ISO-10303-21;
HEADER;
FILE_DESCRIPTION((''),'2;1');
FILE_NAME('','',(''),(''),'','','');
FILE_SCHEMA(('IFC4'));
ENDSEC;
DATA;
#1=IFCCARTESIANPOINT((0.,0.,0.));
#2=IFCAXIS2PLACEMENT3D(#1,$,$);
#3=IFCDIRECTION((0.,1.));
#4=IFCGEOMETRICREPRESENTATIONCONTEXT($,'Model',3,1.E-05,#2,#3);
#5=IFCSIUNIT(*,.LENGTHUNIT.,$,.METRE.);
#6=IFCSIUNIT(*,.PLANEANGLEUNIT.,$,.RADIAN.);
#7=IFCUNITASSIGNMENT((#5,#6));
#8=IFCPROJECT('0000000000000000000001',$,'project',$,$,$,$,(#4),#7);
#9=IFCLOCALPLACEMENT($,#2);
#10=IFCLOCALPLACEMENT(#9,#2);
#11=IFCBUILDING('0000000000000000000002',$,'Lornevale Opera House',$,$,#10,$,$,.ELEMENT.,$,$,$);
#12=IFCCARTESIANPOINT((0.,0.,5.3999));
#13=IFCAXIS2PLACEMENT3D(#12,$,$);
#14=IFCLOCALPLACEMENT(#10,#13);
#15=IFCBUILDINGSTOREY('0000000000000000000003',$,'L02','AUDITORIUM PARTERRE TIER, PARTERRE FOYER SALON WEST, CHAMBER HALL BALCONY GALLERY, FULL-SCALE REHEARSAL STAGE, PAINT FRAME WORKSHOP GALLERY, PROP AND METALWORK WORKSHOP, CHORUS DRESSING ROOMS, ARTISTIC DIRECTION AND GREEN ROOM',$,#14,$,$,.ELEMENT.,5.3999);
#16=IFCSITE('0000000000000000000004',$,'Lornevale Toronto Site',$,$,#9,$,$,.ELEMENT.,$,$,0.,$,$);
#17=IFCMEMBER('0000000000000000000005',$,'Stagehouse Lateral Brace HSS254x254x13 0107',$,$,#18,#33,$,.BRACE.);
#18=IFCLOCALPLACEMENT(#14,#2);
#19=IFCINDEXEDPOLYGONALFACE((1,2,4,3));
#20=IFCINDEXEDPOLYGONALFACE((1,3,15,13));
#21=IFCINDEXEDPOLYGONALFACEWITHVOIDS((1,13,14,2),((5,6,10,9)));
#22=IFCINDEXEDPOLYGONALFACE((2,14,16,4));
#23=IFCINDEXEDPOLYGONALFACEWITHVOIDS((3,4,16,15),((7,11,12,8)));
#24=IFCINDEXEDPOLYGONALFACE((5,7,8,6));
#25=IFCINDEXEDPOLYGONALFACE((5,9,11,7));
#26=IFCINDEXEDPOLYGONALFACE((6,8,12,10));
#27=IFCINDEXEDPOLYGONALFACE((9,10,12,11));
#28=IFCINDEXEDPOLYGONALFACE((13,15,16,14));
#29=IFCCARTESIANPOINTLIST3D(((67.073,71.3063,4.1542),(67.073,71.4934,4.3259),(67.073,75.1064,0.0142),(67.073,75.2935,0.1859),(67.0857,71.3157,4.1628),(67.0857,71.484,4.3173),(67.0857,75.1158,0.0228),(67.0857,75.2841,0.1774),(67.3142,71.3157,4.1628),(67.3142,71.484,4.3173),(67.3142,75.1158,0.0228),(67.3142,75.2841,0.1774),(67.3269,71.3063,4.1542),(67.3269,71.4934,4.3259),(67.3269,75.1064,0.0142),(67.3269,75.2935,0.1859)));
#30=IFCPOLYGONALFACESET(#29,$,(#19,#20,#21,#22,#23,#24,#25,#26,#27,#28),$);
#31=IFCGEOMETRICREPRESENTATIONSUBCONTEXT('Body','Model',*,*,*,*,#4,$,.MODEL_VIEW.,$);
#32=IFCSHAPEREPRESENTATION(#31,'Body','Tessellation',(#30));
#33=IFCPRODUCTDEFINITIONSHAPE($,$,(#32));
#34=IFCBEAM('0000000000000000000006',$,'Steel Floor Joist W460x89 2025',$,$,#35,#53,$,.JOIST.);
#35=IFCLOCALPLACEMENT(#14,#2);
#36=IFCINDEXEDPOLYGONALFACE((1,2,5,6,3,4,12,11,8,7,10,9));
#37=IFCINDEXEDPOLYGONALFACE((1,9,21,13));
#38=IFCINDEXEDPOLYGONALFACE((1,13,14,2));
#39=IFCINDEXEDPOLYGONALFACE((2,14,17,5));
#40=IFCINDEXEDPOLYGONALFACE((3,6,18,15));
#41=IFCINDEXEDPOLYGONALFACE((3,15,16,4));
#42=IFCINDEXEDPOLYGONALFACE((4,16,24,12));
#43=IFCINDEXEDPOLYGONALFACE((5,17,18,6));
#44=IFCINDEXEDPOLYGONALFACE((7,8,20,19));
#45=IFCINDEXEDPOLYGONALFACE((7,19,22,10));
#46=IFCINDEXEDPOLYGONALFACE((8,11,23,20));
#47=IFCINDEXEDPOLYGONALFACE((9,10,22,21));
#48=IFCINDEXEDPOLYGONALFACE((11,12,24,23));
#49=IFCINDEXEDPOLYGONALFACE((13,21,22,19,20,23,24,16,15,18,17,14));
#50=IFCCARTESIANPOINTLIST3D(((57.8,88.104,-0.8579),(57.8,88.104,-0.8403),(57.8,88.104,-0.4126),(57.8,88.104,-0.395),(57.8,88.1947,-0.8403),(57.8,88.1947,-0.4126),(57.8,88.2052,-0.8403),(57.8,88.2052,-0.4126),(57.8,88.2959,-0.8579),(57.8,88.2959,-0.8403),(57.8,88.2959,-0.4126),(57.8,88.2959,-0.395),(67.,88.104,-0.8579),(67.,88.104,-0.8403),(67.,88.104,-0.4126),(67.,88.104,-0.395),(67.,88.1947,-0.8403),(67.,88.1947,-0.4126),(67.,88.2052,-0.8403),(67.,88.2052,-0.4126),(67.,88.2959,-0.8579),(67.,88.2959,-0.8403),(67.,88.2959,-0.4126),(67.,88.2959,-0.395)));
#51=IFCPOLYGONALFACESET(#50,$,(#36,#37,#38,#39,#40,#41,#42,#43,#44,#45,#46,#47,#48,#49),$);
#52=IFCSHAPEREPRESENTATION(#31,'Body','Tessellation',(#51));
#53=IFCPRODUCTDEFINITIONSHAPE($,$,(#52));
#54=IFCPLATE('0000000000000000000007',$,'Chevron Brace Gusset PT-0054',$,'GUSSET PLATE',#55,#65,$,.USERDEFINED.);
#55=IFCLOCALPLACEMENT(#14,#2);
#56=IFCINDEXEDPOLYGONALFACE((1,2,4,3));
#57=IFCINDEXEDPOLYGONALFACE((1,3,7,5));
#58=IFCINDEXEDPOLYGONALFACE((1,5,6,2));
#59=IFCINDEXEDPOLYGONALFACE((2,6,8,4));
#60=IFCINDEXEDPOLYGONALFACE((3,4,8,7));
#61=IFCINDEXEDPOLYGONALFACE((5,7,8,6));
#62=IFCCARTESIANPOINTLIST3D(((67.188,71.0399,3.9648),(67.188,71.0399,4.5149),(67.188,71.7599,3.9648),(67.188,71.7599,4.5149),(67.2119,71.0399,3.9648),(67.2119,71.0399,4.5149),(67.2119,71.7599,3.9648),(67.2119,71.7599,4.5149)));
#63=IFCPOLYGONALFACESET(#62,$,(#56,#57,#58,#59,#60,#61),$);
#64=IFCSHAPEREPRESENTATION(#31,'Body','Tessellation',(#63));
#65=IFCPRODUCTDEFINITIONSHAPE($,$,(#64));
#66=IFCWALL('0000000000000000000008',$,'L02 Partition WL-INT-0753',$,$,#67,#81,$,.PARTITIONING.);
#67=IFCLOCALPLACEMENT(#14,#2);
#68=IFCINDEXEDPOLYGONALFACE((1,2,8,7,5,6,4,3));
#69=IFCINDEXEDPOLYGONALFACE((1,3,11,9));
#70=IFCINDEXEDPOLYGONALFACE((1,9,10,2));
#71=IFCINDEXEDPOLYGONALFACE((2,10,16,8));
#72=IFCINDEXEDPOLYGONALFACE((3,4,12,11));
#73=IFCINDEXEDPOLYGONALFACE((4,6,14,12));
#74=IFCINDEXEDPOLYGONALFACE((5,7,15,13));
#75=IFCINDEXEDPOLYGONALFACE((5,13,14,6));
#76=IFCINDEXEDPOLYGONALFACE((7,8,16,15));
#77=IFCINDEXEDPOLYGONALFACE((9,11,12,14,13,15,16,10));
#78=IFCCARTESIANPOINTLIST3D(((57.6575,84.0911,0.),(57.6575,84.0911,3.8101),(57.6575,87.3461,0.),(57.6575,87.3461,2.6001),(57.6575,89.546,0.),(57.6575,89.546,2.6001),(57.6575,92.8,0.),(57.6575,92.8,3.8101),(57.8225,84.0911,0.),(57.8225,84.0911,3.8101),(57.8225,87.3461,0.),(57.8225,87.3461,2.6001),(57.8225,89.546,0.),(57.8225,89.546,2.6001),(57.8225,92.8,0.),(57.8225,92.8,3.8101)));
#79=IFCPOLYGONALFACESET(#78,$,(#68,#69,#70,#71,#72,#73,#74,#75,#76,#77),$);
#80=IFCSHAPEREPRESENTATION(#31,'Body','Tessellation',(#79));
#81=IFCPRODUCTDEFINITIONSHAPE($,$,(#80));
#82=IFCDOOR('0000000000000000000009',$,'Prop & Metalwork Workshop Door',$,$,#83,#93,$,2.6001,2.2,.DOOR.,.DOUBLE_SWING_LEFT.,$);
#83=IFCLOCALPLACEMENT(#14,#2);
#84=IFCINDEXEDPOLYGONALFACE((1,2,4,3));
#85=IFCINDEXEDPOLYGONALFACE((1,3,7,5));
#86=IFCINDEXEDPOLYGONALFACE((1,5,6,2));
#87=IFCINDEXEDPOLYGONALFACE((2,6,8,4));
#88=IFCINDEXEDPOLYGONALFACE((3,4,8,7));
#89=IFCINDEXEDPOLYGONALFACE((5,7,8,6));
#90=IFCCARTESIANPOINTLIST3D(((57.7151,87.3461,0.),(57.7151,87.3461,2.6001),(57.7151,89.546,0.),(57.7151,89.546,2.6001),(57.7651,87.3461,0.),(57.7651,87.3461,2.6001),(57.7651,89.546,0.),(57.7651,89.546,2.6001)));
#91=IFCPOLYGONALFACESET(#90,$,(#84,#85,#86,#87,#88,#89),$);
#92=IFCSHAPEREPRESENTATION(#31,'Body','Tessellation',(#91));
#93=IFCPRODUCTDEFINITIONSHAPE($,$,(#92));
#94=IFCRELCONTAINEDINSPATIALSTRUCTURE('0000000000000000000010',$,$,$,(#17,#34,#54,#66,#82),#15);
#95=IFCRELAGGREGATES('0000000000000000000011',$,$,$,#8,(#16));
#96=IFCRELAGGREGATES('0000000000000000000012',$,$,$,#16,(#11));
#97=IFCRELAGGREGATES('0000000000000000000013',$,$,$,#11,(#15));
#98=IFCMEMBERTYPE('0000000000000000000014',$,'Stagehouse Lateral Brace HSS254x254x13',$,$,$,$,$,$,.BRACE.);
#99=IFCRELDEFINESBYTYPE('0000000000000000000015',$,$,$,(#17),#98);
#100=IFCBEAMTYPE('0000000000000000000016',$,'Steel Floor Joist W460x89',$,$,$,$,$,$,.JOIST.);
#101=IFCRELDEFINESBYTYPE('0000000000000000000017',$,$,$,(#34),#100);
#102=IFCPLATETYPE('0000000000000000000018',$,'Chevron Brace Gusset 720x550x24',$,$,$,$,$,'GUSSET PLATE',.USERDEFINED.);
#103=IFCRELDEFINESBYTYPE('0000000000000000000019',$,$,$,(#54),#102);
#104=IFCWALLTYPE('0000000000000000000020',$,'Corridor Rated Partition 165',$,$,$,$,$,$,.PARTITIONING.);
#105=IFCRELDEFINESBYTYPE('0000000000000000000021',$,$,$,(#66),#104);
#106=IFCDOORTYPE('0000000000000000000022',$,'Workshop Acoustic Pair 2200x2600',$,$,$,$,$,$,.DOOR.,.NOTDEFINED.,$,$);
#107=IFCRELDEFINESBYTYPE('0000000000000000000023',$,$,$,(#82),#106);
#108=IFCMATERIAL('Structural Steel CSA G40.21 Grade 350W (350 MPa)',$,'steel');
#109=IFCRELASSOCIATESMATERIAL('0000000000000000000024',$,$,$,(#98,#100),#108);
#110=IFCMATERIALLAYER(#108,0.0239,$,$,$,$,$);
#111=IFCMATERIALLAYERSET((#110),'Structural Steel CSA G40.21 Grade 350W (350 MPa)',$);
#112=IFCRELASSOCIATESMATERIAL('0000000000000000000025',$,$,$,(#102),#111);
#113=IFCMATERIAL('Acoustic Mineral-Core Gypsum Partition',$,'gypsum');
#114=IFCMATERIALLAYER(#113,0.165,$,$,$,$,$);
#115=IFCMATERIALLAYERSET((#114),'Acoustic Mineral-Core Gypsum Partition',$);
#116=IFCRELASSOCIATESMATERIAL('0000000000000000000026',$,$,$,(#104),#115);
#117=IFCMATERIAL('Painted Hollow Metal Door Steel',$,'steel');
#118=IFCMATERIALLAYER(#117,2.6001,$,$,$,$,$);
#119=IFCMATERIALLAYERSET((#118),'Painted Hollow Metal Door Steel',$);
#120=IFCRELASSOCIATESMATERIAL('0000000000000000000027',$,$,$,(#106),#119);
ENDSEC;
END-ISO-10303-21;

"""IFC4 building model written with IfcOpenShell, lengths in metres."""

from ifc_helpers import new_model, si_unit, direction, frame, frame_2d, origin, origin_2d, place, context, subcontext, project, spatial, rectangle, hollow_rectangle, i_section, extrude, material, layer, layer_set, material_profile, profile_set, type_object, element, fill, save


model = new_model("IFC4")

# Units and contexts
model_context = context("Model", 3, precision=1e-05, world=origin(), true_north=direction((0.0, 1.0)))
body_context = subcontext(model_context, "Body", "Model", "MODEL_VIEW")
ifc_project = project(units=[si_unit("LENGTHUNIT", "METRE"), si_unit("PLANEANGLEUNIT", "RADIAN")], contexts=[model_context])

# Site, building, storey
site_placement = place(None, origin())
site = spatial("IfcSite", under=ifc_project, at=site_placement, Name="Lornevale Toronto Site", CompositionType="ELEMENT", RefElevation=0.0)
building_placement = place(site_placement, origin())
building = spatial("IfcBuilding", under=site, at=building_placement, Name="Lornevale Opera House", CompositionType="ELEMENT")
storey_placement = place(building_placement, frame((0.0, 0.0, 5.3999)))
storey = spatial("IfcBuildingStorey", under=building, at=storey_placement, Name="L02", Description="AUDITORIUM PARTERRE TIER, PARTERRE FOYER SALON WEST, CHAMBER HALL BALCONY GALLERY, FULL-SCALE REHEARSAL STAGE, PAINT FRAME WORKSHOP GALLERY, PROP AND METALWORK WORKSHOP, CHORUS DRESSING ROOMS, ARTISTIC DIRECTION AND GREEN ROOM", CompositionType="ELEMENT", Elevation=5.3999)

# Member
ifc_material_1 = material(Name="Structural Steel CSA G40.21 Grade 350W (350 MPa)", Category="steel")
ifc_material_profile_1 = material_profile(ifc_material_1, hollow_rectangle(XDim=0.2539, YDim=0.2539, WallThickness=0.0127, at=origin_2d()), Name="HSS254x254x13")
ifc_profile_set_1 = profile_set([ifc_material_profile_1], Name="Structural Steel CSA G40.21 Grade 350W (350 MPa)")
member_type = type_object("IfcMemberType", Name="Stagehouse Lateral Brace HSS254x254x13", PredefinedType="BRACE", material=ifc_profile_set_1)
member_1_placement = place(storey_placement, frame((67.2, 75.2, 0.1001), z_axis=(0.0, -0.676222, 0.736698), x_axis=(1.0, 0.0, 0.0)))
element("IfcMember", 1, at=member_1_placement, inside=storey, type_object=member_type, Name="Stagehouse Lateral Brace HSS254x254x13 0107", PredefinedType="BRACE", context=body_context, shape_type="SweptSolid", body=[
    extrude(hollow_rectangle(XDim=0.2539, YDim=0.2539, WallThickness=0.0127, at=origin_2d()), origin(), (0.0, 0.0, 1.0), 5.6196),
])

# Beam
ifc_material_profile_2 = material_profile(ifc_material_1, i_section(OverallWidth=0.1919, OverallDepth=0.4629, WebThickness=0.0105, FlangeThickness=0.0176, at=origin_2d()), Name="W460x89")
ifc_profile_set_2 = profile_set([ifc_material_profile_2], Name="Structural Steel CSA G40.21 Grade 350W (350 MPa)")
beam_type_1 = type_object("IfcBeamType", Name="Steel Floor Joist W460x89", PredefinedType="JOIST", material=ifc_profile_set_2)
beam_1_placement = place(storey_placement, frame((57.8, 88.2, -0.6265), z_axis=(1.0, 0.0, 0.0), x_axis=(0.0, 1.0, 0.0)))
element("IfcBeam", 2, at=beam_1_placement, inside=storey, type_object=beam_type_1, Name="Steel Floor Joist W460x89 2025", PredefinedType="JOIST", context=body_context, shape_type="SweptSolid", body=[
    extrude(i_section(OverallWidth=0.1919, OverallDepth=0.4629, WebThickness=0.0105, FlangeThickness=0.0176, at=origin_2d()), origin(), (0.0, 0.0, 1.0), 9.2),
])

# Plate
ifc_layer_1 = layer(ifc_material_1, 0.0239)
ifc_layer_set_1 = layer_set([ifc_layer_1], Name="Structural Steel CSA G40.21 Grade 350W (350 MPa)")
plate_type = type_object("IfcPlateType", Name="Chevron Brace Gusset 720x550x24", ElementType="GUSSET PLATE", PredefinedType="USERDEFINED", material=ifc_layer_set_1)
plate_placement = place(storey_placement, frame((67.2, 71.3999, 3.9648), z_axis=(0.0, 0.0, 1.0), x_axis=(0.0, 1.0, 0.0)))
element("IfcPlate", 3, at=plate_placement, inside=storey, type_object=plate_type, Name="Chevron Brace Gusset PT-0054", ObjectType="GUSSET PLATE", PredefinedType="USERDEFINED", context=body_context, shape_type="SweptSolid", body=[
    extrude(rectangle(XDim=0.72, YDim=0.0239, at=origin_2d()), origin(), (0.0, 0.0, 1.0), 0.55),
])

# Wall, opening, door
ifc_material_2 = material(Name="Acoustic Mineral-Core Gypsum Partition", Category="gypsum")
ifc_layer_2 = layer(ifc_material_2, 0.165)
ifc_layer_set_2 = layer_set([ifc_layer_2], Name="Acoustic Mineral-Core Gypsum Partition")
wall_type = type_object("IfcWallType", Name="Corridor Rated Partition 165", PredefinedType="PARTITIONING", material=ifc_layer_set_2)
wall_placement = place(storey_placement, frame((57.74, 84.0911, 0.0), z_axis=(0.0, 0.0, 1.0), x_axis=(0.0, 1.0, 0.0)))
wall = element("IfcWall", 4, at=wall_placement, inside=storey, type_object=wall_type, Name="L02 Partition WL-INT-0753", PredefinedType="PARTITIONING", context=body_context, shape_type="SweptSolid", body=[
    extrude(rectangle(XDim=8.709, YDim=0.165, at=frame_2d((4.3545, 0.0))), origin(), (0.0, 0.0, 1.0), 3.8101),
])
opening_placement = place(wall_placement, frame((3.2549, 0.0, 0.0)))
opening = element("IfcOpeningElement", 5, at=opening_placement, cuts=wall, PredefinedType="OPENING", context=body_context, shape_type="SweptSolid", body=[
    extrude(rectangle(XDim=2.2, YDim=2.6001, at=frame_2d((1.1001, 1.3))), frame((0.0, 0.0925, 0.0), z_axis=(0.0, -1.0, 0.0), x_axis=(1.0, 0.0, 0.0)), (0.0, 0.0, 1.0), 0.1851),
])
ifc_material_3 = material(Name="Painted Hollow Metal Door Steel", Category="steel")
ifc_layer_3 = layer(ifc_material_3, 2.6001)
ifc_layer_set_3 = layer_set([ifc_layer_3], Name="Painted Hollow Metal Door Steel")
door_type = type_object("IfcDoorType", Name="Workshop Acoustic Pair 2200x2600", OperationType="NOTDEFINED", PredefinedType="DOOR", material=ifc_layer_set_3)
door_placement = place(opening_placement, origin())
door = element("IfcDoor", 6, at=door_placement, inside=storey, type_object=door_type, Name="Prop & Metalwork Workshop Door", OperationType="DOUBLE_SWING_LEFT", OverallHeight=2.6001, OverallWidth=2.2, PredefinedType="DOOR", context=body_context, shape_type="SweptSolid", body=[
    extrude(rectangle(XDim=2.2, YDim=2.6001, at=frame_2d((1.1001, 1.3))), frame((0.0, 0.0249, 0.0), z_axis=(0.0, -1.0, 0.0), x_axis=(1.0, 0.0, 0.0)), (0.0, 0.0, 1.0), 0.05),
])
fill(opening, door)

save(model, "model.ifc")
